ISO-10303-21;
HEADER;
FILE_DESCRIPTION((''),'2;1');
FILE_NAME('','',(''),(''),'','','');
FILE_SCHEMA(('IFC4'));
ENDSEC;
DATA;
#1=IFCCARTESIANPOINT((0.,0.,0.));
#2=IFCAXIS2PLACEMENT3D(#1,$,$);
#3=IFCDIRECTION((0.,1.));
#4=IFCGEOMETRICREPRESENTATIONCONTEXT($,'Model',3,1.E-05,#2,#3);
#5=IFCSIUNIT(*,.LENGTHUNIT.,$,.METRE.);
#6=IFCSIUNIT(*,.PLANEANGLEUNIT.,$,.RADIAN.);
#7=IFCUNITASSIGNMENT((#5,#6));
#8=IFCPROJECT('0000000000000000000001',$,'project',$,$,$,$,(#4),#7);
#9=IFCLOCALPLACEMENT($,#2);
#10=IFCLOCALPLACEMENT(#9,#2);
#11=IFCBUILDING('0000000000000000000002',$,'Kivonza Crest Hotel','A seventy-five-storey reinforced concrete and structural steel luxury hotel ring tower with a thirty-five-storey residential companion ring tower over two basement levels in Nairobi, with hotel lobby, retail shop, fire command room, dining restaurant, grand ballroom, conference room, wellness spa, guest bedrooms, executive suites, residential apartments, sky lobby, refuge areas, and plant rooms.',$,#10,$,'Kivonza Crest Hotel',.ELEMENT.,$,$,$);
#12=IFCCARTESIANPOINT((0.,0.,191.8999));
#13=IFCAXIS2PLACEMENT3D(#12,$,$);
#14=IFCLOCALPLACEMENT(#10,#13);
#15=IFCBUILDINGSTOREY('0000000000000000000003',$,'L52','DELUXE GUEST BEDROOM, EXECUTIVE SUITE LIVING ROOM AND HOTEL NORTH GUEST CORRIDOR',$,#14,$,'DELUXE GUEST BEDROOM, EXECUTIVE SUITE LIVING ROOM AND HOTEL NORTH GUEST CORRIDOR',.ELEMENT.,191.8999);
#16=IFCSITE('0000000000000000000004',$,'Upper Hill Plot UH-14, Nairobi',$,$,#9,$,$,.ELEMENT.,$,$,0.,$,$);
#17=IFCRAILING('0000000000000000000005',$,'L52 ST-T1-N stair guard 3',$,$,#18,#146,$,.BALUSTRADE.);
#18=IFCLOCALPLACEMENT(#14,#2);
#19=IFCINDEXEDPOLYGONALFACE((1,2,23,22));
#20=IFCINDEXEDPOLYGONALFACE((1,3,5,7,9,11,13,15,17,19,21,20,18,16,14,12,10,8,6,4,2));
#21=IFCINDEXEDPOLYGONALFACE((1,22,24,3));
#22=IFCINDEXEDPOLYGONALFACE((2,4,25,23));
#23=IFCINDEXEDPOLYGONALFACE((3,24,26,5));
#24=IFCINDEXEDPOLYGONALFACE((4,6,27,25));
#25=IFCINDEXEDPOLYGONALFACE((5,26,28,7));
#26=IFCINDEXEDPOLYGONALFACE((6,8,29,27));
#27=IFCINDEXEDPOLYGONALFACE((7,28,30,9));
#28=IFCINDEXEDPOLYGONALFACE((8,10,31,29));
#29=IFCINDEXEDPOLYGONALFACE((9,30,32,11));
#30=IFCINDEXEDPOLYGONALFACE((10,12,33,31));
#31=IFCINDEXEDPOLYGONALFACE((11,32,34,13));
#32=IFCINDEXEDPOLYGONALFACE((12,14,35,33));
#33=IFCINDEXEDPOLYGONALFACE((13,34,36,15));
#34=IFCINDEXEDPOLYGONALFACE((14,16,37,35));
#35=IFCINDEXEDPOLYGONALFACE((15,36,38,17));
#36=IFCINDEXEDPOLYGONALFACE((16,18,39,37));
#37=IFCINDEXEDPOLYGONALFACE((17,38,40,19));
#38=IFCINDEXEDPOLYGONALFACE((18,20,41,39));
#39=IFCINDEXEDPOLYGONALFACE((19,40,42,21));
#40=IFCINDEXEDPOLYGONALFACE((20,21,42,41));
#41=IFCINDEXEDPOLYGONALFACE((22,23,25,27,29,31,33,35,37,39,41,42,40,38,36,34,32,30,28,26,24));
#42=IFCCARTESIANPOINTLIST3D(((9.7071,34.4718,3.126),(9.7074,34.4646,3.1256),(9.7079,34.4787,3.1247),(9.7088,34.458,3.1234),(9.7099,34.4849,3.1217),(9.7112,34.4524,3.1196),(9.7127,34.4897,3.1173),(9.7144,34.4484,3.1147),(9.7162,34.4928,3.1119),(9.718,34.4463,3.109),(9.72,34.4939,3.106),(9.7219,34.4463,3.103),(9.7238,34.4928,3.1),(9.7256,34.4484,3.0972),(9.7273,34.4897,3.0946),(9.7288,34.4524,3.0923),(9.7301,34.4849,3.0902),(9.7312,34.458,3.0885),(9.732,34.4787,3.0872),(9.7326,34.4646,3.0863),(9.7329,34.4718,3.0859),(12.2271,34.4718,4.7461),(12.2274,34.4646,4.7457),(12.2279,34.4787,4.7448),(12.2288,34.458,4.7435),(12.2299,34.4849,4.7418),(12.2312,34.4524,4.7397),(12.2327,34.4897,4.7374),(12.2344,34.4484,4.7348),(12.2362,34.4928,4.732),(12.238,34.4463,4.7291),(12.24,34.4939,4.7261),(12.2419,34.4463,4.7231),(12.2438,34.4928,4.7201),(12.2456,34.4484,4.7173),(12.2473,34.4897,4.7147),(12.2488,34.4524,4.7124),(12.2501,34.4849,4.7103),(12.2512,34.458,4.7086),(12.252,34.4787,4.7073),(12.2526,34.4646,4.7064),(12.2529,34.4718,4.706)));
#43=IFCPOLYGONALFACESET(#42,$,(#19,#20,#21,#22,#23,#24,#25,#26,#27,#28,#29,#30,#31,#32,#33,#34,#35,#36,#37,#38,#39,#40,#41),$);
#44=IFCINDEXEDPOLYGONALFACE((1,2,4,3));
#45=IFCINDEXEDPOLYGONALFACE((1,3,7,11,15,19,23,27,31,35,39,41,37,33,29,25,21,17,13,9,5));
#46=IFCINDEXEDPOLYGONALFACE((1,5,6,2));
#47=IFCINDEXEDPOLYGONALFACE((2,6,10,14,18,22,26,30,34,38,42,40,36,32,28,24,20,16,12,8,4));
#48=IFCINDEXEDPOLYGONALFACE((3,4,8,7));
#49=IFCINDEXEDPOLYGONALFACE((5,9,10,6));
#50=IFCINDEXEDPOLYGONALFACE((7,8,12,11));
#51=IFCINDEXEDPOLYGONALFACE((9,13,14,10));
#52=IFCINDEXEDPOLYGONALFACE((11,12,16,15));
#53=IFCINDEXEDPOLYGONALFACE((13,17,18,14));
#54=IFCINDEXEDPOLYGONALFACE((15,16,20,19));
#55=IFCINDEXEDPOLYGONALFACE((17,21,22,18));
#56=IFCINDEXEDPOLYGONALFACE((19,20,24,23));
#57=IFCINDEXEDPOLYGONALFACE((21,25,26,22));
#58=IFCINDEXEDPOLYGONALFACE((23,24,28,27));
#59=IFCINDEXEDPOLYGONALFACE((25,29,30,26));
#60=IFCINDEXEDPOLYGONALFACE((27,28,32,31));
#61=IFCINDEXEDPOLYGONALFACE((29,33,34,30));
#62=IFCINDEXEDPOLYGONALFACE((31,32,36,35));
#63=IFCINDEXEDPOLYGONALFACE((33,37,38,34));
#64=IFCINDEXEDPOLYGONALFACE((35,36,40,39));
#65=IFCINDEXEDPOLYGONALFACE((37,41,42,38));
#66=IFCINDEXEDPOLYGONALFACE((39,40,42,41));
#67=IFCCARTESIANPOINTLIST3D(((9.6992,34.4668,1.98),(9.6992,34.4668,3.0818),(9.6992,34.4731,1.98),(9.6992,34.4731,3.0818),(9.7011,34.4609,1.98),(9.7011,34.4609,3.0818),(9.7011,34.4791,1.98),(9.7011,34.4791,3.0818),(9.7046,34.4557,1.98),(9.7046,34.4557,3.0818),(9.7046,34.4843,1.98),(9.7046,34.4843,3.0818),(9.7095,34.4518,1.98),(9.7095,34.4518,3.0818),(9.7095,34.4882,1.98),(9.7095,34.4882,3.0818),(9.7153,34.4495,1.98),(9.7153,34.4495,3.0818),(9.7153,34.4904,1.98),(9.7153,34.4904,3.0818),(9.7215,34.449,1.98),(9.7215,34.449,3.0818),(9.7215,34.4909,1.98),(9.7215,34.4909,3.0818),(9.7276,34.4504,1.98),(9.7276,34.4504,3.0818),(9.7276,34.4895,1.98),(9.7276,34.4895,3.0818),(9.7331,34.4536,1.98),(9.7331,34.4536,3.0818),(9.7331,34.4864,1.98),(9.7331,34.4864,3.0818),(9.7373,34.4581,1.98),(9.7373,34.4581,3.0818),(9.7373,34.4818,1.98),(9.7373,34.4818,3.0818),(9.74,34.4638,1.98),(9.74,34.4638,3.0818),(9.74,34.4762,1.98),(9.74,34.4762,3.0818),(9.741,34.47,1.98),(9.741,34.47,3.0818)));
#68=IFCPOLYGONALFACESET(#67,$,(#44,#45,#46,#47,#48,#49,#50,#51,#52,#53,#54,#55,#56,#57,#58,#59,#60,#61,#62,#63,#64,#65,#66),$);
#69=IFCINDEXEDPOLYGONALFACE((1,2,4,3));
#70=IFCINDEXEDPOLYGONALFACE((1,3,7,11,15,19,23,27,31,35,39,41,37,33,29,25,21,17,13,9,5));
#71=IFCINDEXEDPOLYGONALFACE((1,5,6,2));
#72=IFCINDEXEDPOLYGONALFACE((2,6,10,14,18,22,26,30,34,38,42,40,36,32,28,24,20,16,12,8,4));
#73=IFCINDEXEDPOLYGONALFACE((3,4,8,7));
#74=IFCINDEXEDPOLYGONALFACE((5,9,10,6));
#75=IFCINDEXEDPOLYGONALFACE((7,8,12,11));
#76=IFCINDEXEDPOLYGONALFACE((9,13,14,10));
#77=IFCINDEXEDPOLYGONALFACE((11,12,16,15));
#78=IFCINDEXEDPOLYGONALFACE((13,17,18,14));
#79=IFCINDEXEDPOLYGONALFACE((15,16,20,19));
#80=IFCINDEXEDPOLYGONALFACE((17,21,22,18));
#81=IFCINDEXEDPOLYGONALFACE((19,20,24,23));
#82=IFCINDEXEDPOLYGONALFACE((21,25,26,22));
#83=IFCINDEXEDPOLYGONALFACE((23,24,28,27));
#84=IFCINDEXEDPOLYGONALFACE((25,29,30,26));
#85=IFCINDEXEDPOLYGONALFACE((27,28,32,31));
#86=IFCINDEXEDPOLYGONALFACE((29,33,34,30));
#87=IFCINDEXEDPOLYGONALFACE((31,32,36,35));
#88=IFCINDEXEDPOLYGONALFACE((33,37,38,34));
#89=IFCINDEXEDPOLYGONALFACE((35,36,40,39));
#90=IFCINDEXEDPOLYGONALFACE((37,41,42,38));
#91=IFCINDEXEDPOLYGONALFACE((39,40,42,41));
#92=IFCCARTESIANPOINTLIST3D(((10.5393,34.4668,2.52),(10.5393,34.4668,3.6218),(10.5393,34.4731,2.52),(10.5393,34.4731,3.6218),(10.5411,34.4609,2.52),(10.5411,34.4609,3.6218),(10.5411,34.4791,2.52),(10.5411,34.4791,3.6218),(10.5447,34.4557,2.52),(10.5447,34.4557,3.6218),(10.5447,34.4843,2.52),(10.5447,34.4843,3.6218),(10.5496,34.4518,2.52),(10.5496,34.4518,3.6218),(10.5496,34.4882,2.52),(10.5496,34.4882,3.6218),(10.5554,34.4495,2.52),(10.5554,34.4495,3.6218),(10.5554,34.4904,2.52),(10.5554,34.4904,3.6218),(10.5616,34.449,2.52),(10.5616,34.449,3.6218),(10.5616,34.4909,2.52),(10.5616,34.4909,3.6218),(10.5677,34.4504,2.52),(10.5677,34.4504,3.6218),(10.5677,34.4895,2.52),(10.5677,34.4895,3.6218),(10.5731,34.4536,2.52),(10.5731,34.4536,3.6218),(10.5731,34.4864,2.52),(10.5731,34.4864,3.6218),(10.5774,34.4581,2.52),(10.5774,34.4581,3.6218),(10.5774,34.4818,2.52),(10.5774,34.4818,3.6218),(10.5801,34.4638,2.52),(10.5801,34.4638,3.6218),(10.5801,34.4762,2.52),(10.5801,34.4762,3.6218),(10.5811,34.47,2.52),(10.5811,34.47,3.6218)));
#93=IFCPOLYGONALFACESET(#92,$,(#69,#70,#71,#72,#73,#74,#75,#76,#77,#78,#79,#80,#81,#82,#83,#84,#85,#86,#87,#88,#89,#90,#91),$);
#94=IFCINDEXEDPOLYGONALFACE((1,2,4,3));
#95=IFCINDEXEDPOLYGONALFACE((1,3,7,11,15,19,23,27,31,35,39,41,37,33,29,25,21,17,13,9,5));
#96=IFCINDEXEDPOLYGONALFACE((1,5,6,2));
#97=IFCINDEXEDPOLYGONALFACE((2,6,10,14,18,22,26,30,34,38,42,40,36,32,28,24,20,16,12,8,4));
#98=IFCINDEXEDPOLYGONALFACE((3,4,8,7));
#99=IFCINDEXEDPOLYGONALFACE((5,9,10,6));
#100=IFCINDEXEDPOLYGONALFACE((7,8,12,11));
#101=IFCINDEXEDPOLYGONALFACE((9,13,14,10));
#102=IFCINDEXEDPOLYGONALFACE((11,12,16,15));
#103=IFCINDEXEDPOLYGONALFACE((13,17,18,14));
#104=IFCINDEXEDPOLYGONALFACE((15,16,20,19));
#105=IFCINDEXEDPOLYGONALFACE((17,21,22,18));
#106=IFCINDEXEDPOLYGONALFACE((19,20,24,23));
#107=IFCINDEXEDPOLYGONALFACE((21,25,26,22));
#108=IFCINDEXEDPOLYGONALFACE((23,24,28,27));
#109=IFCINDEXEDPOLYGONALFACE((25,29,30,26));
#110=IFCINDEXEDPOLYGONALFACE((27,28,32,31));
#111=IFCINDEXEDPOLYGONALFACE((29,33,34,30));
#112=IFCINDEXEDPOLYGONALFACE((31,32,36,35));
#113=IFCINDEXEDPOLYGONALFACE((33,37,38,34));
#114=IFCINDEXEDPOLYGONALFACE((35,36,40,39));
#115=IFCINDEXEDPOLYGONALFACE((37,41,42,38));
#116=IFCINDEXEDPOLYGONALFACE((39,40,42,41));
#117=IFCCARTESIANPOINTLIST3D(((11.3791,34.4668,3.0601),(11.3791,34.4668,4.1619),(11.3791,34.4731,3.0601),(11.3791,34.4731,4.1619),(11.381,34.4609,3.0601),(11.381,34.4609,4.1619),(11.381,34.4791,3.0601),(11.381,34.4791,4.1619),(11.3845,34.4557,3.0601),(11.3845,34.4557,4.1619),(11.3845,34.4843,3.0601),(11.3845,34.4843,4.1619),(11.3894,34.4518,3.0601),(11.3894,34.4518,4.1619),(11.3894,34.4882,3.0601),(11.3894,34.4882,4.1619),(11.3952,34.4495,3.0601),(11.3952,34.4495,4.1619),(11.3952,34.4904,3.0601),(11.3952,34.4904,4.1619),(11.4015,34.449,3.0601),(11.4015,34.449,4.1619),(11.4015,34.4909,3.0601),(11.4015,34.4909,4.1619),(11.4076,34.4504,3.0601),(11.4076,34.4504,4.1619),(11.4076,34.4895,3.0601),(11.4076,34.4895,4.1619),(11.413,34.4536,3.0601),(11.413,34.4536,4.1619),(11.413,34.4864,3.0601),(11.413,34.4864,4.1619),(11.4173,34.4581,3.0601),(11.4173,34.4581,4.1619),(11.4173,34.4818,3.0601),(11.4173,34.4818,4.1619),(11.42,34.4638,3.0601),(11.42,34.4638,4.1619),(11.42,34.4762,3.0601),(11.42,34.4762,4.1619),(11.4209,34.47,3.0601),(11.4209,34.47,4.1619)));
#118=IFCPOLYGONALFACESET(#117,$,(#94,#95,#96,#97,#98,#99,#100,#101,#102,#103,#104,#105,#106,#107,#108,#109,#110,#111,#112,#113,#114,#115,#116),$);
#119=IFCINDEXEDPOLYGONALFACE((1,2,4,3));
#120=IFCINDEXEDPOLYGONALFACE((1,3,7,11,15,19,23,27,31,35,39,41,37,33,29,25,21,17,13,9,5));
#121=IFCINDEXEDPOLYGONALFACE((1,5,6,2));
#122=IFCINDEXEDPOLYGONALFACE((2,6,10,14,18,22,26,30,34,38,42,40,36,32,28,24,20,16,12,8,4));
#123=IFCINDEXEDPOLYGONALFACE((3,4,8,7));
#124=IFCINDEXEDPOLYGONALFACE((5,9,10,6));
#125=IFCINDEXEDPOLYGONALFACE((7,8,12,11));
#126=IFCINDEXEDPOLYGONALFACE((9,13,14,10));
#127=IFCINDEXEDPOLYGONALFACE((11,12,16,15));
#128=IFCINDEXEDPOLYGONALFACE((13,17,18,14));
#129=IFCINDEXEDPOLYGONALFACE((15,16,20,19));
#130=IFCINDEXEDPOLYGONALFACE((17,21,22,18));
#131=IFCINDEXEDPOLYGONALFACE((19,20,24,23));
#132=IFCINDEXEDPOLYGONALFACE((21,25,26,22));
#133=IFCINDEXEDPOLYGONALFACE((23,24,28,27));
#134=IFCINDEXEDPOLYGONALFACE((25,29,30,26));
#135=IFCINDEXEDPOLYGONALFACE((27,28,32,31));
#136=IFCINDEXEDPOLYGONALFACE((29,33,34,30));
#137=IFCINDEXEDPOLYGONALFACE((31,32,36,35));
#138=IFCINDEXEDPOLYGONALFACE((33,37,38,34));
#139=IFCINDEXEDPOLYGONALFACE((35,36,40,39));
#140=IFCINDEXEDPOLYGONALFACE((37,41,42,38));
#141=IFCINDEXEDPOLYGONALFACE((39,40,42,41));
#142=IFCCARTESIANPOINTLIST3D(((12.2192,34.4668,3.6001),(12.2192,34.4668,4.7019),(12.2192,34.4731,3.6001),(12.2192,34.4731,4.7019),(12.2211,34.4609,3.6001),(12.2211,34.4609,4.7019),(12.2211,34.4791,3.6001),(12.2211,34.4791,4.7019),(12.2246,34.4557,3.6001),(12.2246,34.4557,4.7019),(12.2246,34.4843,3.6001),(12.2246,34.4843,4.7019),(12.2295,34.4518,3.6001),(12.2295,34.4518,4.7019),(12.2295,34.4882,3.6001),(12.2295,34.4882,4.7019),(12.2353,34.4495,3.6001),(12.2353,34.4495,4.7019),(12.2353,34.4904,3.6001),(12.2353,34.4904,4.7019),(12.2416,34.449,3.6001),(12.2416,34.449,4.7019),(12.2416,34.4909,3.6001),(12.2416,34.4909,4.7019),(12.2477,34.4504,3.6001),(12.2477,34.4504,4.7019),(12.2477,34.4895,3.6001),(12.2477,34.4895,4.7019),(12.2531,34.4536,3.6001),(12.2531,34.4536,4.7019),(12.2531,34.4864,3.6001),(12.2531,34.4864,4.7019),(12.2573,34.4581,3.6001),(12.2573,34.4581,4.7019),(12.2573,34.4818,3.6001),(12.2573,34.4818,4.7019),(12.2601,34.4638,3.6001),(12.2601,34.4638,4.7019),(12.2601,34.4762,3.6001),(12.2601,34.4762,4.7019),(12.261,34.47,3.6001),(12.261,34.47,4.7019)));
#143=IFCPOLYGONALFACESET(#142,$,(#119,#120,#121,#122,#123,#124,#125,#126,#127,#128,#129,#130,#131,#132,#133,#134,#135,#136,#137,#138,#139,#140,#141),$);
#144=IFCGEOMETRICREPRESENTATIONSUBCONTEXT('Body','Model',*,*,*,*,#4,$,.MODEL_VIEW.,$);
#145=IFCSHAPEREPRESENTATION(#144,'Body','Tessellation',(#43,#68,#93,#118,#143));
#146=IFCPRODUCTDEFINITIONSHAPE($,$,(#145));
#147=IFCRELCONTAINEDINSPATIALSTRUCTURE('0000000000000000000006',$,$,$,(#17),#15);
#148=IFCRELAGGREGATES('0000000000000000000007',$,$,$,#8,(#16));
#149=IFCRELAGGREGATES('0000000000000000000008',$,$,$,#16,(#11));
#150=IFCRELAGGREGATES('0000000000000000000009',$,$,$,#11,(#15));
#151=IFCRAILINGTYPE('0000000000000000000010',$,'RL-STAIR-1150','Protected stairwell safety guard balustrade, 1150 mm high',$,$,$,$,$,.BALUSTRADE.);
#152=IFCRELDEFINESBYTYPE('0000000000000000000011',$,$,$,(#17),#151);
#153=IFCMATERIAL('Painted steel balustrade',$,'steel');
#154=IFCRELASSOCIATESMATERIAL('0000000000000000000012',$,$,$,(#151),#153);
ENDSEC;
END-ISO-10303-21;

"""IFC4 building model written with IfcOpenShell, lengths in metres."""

from ifc_helpers import new_model, si_unit, direction, frame, origin, origin_2d, place, context, subcontext, project, spatial, circle, extrude, material, type_object, element, save


model = new_model("IFC4")

# Units and contexts
model_context = context("Model", 3, precision=1e-05, world=origin(), true_north=direction((0.0, 1.0)))
body_context = subcontext(model_context, "Body", "Model", "MODEL_VIEW")
ifc_project = project(units=[si_unit("LENGTHUNIT", "METRE"), si_unit("PLANEANGLEUNIT", "RADIAN")], contexts=[model_context])

# Site, building, storey
site_placement = place(None, origin())
site = spatial("IfcSite", under=ifc_project, at=site_placement, Name="Upper Hill Plot UH-14, Nairobi", CompositionType="ELEMENT", RefElevation=0.0)
building_placement = place(site_placement, origin())
building = spatial("IfcBuilding", under=site, at=building_placement, Name="Kivonza Crest Hotel", Description="A seventy-five-storey reinforced concrete and structural steel luxury hotel ring tower with a thirty-five-storey residential companion ring tower over two basement levels in Nairobi, with hotel lobby, retail shop, fire command room, dining restaurant, grand ballroom, conference room, wellness spa, guest bedrooms, executive suites, residential apartments, sky lobby, refuge areas, and plant rooms.", LongName="Kivonza Crest Hotel", CompositionType="ELEMENT")
storey_placement = place(building_placement, frame((0.0, 0.0, 191.8999)))
storey = spatial("IfcBuildingStorey", under=building, at=storey_placement, Name="L52", Description="DELUXE GUEST BEDROOM, EXECUTIVE SUITE LIVING ROOM AND HOTEL NORTH GUEST CORRIDOR", LongName="DELUXE GUEST BEDROOM, EXECUTIVE SUITE LIVING ROOM AND HOTEL NORTH GUEST CORRIDOR", CompositionType="ELEMENT", Elevation=191.8999)

# Railing
ifc_material_1 = material(Name="Painted steel balustrade", Category="steel")
railing_type_1 = type_object("IfcRailingType", Name="RL-STAIR-1150", Description="Protected stairwell safety guard balustrade, 1150 mm high", PredefinedType="BALUSTRADE", material=ifc_material_1)
railing_1_placement = place(storey_placement, frame((9.72, 34.47, 1.98)))
element("IfcRailing", 1, at=railing_1_placement, inside=storey, type_object=railing_type_1, Name="L52 ST-T1-N stair guard 3", PredefinedType="BALUSTRADE", context=body_context, shape_type="SweptSolid", body=[
    extrude(circle(Radius=0.0239, at=origin_2d()), frame((0.0, 0.0, 1.126), z_axis=(0.841163, 0.0, 0.540782), x_axis=(0.0, 1.0, 0.0)), (0.0, 0.0, 1.0), 2.9958),
    extrude(circle(Radius=0.021, at=origin_2d()), origin(), (0.0, 0.0, 1.0), 1.1018),
    extrude(circle(Radius=0.021, at=origin_2d()), frame((0.8401, 0.0, 0.54)), (0.0, 0.0, 1.0), 1.1018),
    extrude(circle(Radius=0.021, at=origin_2d()), frame((1.6799, 0.0, 1.0801)), (0.0, 0.0, 1.0), 1.1018),
    extrude(circle(Radius=0.021, at=origin_2d()), frame((2.52, 0.0, 1.6201)), (0.0, 0.0, 1.0), 1.1018),
])

save(model, "model.ifc")
